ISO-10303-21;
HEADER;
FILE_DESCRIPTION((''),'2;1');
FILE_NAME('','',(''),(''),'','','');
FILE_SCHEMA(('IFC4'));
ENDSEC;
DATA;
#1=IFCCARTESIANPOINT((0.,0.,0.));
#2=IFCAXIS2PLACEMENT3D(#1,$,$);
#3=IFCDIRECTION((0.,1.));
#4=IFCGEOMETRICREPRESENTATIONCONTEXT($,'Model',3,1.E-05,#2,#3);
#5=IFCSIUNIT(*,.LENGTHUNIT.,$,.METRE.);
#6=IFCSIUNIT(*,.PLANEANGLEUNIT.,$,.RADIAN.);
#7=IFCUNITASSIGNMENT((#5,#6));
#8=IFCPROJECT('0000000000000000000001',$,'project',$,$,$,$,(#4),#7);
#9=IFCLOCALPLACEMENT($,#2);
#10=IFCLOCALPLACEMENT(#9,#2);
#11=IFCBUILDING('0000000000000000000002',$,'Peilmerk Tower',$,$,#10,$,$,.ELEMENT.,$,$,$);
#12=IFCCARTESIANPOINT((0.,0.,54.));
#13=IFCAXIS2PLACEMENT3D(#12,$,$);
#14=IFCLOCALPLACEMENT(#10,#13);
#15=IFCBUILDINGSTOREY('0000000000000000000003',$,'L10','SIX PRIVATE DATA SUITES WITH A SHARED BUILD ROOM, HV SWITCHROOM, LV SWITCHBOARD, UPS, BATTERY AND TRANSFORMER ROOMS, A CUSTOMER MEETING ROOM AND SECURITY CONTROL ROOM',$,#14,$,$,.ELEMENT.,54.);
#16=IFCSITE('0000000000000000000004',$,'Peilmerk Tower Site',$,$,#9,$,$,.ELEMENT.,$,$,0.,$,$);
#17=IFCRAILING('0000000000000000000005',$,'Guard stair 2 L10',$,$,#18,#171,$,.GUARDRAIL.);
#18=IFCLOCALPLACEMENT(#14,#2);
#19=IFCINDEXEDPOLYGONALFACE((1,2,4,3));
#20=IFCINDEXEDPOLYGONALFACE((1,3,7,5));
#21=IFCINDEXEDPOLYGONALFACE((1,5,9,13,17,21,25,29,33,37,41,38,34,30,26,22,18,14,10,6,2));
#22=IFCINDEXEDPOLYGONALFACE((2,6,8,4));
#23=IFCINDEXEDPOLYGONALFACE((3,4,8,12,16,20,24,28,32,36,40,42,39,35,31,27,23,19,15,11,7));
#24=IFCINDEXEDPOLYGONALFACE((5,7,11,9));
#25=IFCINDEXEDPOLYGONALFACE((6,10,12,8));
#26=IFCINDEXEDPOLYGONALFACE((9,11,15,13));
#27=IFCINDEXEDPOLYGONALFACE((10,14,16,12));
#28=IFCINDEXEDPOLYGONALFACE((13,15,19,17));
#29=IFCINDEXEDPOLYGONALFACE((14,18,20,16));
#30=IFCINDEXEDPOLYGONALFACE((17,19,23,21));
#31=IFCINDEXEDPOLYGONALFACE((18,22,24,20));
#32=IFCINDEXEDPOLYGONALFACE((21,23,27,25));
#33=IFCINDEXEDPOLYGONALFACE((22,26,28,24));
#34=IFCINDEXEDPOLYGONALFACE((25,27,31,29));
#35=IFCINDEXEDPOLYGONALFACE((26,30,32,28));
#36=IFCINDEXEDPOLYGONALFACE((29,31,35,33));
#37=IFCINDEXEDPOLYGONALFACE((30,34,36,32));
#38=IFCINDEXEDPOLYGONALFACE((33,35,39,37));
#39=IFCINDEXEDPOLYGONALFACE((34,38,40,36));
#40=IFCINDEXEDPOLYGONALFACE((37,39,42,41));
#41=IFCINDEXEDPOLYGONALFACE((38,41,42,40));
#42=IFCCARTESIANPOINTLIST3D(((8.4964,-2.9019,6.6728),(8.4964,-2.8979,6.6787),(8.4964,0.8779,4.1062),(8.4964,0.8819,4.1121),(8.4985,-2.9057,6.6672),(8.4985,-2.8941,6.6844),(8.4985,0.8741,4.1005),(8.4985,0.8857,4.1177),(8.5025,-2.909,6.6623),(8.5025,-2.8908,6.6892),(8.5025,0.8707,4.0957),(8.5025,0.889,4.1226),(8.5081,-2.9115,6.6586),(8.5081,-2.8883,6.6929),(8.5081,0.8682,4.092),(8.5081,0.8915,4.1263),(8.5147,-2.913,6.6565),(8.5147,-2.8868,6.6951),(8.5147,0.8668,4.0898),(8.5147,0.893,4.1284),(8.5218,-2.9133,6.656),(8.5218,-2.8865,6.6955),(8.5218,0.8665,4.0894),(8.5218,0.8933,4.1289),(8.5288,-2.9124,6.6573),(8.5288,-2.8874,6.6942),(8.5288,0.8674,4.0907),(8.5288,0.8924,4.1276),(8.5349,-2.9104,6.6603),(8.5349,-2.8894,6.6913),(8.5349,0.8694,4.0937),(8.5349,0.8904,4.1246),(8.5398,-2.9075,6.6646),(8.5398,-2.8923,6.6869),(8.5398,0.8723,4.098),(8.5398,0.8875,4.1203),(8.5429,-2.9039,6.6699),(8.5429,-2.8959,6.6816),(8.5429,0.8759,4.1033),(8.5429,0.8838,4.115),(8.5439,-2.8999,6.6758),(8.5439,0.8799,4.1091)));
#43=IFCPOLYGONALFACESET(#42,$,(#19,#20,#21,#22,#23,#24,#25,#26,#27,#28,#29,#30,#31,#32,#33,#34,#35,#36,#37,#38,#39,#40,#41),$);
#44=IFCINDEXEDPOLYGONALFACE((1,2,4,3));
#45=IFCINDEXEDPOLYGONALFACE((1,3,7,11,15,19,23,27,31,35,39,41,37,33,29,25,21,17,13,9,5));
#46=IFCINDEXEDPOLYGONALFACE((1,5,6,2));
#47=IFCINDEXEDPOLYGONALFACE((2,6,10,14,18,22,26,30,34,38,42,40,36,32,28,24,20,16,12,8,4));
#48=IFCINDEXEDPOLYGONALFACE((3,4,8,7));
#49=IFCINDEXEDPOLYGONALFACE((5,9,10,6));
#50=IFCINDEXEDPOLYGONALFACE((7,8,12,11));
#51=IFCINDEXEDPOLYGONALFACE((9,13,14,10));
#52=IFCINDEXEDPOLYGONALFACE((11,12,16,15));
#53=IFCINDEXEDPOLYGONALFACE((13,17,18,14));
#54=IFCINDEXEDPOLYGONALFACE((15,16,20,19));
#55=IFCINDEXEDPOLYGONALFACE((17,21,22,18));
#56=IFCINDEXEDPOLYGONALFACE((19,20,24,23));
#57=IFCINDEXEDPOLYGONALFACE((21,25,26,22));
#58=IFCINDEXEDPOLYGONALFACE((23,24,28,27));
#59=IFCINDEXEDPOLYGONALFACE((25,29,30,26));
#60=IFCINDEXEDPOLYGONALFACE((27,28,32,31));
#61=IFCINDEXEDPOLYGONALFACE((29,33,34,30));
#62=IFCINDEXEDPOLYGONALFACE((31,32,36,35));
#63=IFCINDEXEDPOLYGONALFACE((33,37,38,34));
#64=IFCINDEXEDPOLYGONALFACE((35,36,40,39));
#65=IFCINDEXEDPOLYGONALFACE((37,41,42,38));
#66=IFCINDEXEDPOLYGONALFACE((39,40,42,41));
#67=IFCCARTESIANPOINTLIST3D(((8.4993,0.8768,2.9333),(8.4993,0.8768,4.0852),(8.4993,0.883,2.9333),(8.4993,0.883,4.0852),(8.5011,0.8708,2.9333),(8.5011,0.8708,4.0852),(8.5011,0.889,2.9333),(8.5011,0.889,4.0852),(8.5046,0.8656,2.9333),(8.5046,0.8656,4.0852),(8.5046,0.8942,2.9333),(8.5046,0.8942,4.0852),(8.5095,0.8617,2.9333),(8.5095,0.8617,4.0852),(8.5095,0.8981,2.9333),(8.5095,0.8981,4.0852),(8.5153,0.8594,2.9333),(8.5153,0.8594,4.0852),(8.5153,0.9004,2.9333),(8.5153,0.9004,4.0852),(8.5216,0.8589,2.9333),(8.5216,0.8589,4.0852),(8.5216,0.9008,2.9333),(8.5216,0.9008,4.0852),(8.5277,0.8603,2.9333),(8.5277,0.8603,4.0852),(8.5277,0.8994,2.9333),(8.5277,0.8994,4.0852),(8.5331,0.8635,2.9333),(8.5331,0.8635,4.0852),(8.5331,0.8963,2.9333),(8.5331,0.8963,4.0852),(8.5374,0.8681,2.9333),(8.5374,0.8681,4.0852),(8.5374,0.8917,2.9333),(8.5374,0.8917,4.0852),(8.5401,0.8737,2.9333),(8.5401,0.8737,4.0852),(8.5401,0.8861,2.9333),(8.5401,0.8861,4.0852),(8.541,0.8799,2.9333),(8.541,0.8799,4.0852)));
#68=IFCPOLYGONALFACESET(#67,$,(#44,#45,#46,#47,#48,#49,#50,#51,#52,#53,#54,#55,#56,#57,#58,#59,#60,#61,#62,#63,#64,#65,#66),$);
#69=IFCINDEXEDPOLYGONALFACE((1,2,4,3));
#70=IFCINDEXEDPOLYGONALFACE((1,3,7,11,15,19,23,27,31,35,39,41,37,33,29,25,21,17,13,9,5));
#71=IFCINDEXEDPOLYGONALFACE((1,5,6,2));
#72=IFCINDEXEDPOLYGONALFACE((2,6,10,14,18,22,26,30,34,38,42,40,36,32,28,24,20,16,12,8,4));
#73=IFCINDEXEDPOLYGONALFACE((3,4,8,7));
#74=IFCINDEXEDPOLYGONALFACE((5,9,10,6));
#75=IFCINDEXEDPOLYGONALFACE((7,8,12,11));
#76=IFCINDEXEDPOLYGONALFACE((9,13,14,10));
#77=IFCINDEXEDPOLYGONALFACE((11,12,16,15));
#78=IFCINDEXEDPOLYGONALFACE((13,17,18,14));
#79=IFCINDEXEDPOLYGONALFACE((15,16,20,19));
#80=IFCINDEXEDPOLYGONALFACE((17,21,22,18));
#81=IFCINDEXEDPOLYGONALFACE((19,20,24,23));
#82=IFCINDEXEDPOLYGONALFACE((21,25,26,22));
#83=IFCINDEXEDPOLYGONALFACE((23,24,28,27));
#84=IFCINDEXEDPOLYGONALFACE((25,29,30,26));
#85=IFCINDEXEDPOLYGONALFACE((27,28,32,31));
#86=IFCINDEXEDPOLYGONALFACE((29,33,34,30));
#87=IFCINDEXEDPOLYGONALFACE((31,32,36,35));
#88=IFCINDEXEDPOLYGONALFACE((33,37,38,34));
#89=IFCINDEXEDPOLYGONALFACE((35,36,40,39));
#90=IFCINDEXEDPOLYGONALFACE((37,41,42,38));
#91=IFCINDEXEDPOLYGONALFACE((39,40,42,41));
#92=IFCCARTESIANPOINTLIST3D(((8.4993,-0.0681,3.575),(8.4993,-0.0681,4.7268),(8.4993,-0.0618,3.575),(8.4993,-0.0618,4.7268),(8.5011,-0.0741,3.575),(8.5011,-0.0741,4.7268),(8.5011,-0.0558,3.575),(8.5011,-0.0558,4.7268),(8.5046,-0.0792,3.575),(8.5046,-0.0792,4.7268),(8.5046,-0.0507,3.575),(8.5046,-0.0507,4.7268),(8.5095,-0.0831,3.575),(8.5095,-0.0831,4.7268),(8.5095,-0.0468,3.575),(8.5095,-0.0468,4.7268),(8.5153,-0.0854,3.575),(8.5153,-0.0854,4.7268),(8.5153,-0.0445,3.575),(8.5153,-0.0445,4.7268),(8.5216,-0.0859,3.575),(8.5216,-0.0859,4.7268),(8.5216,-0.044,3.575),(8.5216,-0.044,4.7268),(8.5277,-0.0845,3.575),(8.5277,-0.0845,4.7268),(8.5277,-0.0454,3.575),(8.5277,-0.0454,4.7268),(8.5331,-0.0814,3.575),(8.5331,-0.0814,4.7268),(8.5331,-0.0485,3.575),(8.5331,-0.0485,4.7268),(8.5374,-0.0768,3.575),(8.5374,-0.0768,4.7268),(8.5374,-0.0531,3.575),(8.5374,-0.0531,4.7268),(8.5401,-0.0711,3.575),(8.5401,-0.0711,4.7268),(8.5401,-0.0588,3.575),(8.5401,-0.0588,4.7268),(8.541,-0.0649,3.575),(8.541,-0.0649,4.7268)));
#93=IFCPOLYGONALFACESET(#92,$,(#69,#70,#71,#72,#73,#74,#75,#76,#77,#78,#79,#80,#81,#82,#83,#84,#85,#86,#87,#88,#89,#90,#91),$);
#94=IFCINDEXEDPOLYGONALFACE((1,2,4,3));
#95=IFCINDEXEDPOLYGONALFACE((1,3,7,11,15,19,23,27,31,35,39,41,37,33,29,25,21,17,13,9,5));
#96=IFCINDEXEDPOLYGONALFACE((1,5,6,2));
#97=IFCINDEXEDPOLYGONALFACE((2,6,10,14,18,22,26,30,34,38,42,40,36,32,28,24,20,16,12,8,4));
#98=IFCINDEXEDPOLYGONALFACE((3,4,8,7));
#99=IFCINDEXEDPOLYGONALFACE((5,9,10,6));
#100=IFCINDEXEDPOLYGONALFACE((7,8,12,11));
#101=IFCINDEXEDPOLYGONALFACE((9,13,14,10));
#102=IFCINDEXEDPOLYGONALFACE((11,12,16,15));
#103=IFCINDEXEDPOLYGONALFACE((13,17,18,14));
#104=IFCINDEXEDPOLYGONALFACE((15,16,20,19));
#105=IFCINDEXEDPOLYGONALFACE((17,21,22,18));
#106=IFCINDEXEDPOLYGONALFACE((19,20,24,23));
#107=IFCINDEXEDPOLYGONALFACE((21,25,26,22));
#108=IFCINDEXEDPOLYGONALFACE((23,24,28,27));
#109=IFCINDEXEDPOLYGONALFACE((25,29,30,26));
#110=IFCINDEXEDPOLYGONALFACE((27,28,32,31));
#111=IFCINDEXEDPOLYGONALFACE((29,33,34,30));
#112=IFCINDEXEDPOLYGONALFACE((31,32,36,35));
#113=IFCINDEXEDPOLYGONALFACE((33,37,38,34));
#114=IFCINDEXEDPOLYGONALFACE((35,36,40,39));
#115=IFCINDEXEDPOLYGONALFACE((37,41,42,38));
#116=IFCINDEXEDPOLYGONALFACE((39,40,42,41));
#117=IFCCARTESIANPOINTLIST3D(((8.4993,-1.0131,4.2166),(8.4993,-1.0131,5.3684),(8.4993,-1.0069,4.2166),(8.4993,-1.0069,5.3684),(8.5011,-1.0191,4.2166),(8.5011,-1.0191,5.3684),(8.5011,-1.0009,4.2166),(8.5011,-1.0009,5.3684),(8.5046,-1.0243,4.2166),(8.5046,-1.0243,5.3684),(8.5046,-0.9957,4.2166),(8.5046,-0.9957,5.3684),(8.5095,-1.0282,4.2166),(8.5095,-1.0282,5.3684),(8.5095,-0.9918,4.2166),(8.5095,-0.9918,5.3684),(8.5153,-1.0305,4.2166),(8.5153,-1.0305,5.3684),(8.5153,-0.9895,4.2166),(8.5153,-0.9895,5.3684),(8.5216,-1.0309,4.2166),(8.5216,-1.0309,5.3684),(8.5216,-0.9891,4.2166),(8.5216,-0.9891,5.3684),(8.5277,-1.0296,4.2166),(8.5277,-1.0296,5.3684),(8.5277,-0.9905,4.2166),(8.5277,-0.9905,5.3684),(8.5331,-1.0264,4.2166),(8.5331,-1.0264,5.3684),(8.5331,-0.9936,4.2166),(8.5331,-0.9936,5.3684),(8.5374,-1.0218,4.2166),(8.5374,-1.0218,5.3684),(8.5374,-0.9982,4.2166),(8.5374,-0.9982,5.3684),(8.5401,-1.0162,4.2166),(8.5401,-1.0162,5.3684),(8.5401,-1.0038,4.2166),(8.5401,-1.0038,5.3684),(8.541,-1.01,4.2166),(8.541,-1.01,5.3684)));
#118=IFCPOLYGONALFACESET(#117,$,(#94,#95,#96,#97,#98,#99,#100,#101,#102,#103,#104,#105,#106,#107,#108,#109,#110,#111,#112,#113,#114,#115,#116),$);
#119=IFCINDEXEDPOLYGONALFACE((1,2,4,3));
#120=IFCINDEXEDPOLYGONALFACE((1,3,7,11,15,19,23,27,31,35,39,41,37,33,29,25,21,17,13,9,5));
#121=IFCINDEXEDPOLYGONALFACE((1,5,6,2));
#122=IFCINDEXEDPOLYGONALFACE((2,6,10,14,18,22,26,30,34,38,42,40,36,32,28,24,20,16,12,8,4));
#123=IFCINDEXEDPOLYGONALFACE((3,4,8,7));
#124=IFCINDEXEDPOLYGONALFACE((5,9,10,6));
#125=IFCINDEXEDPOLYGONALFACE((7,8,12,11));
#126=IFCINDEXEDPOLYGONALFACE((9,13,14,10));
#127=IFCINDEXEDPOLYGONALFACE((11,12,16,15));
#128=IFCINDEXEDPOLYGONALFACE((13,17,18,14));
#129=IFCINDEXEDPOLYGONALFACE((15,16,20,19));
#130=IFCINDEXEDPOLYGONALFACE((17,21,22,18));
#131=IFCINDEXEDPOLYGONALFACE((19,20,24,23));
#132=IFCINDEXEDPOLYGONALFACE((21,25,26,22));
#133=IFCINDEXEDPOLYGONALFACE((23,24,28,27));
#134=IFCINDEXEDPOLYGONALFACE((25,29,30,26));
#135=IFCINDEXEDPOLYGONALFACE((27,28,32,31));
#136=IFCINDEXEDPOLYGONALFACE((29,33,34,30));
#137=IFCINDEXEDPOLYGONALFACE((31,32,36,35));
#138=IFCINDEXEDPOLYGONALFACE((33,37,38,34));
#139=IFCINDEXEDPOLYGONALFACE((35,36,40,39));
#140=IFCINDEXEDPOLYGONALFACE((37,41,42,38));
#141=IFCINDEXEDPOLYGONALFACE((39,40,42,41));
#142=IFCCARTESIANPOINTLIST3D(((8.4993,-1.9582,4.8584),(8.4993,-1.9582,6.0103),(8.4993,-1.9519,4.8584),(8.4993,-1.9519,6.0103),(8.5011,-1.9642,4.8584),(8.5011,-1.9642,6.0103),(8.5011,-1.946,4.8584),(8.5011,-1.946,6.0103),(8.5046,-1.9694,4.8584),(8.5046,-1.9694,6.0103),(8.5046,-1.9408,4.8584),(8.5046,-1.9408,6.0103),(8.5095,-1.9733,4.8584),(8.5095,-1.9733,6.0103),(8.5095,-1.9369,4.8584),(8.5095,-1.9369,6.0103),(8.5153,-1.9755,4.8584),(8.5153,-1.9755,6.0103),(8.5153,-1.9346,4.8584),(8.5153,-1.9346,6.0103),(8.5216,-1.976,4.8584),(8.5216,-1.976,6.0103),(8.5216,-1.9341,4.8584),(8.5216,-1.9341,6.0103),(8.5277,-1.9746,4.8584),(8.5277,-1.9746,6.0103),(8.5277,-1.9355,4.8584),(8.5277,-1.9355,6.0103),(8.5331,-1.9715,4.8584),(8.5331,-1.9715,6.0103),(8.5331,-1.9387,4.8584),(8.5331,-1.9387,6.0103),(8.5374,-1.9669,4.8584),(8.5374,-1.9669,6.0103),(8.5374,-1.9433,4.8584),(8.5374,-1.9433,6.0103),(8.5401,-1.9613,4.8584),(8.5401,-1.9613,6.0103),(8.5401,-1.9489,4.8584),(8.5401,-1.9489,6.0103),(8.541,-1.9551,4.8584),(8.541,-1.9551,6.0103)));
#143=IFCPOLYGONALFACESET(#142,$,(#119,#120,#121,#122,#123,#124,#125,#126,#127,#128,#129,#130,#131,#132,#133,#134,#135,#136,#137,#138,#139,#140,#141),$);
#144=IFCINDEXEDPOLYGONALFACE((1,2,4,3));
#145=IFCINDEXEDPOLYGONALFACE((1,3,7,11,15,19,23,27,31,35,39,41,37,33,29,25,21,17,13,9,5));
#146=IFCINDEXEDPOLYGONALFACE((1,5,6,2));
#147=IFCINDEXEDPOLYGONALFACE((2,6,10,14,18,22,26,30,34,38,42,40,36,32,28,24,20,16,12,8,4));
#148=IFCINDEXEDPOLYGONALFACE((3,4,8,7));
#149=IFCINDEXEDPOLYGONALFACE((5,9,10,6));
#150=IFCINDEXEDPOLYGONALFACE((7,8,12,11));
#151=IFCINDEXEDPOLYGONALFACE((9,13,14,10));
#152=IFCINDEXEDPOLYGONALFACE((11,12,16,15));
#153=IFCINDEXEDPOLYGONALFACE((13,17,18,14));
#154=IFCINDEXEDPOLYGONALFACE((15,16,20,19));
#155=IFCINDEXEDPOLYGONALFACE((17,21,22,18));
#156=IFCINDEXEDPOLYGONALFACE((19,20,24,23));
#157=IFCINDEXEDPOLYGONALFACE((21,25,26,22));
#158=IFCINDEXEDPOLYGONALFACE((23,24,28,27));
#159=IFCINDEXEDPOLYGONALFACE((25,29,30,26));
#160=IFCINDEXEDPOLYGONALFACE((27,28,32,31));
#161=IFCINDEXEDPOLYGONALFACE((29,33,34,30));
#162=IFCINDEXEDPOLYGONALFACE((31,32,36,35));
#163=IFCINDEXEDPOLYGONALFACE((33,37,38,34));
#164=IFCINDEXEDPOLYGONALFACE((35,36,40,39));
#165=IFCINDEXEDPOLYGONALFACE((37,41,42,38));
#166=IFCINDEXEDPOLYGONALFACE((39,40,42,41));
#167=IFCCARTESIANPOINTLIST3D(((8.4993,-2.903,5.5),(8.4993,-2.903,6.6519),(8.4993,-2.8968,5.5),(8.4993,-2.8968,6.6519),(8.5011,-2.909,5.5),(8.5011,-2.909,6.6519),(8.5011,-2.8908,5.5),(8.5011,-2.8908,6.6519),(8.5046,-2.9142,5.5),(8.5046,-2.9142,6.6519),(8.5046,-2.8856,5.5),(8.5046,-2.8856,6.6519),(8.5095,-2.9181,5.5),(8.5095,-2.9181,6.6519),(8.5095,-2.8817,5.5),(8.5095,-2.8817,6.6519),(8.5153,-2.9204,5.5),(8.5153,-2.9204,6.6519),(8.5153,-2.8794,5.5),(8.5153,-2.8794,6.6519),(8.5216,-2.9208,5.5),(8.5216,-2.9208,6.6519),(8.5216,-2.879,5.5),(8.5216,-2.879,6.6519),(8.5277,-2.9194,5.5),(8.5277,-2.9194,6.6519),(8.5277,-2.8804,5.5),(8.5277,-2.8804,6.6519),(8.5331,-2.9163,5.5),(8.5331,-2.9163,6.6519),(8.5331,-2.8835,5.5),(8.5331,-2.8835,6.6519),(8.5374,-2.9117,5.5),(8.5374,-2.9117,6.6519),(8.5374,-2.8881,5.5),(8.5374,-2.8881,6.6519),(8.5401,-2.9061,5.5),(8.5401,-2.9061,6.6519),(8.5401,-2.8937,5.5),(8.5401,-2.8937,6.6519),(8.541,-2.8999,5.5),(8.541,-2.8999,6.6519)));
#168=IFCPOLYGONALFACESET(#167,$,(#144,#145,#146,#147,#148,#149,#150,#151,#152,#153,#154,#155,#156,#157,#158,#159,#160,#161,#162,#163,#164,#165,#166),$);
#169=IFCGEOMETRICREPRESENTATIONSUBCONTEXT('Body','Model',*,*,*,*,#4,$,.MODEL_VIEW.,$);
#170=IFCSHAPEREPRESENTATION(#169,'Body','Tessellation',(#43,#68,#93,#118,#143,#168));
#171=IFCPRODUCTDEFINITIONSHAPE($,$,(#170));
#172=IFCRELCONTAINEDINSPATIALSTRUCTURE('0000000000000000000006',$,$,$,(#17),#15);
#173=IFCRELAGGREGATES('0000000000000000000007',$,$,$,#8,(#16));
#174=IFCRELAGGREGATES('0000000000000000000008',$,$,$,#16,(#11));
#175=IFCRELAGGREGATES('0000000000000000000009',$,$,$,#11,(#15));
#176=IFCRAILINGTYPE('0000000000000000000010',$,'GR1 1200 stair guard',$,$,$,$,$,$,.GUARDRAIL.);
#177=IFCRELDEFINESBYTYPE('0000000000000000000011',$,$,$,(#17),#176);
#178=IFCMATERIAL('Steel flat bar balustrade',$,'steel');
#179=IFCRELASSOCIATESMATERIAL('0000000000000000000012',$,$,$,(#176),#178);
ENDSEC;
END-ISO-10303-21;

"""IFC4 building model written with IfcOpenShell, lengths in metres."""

from ifc_helpers import new_model, si_unit, direction, frame, origin, origin_2d, place, context, subcontext, project, spatial, circle, extrude, material, type_object, element, save


model = new_model("IFC4")

# Units and contexts
model_context = context("Model", 3, precision=1e-05, world=origin(), true_north=direction((0.0, 1.0)))
body_context = subcontext(model_context, "Body", "Model", "MODEL_VIEW")
ifc_project = project(units=[si_unit("LENGTHUNIT", "METRE"), si_unit("PLANEANGLEUNIT", "RADIAN")], contexts=[model_context])

# Site, building, storey
site_placement = place(None, origin())
site = spatial("IfcSite", under=ifc_project, at=site_placement, Name="Peilmerk Tower Site", CompositionType="ELEMENT", RefElevation=0.0)
building_placement = place(site_placement, origin())
building = spatial("IfcBuilding", under=site, at=building_placement, Name="Peilmerk Tower", CompositionType="ELEMENT")
storey_placement = place(building_placement, frame((0.0, 0.0, 54.0)))
storey = spatial("IfcBuildingStorey", under=building, at=storey_placement, Name="L10", Description="SIX PRIVATE DATA SUITES WITH A SHARED BUILD ROOM, HV SWITCHROOM, LV SWITCHBOARD, UPS, BATTERY AND TRANSFORMER ROOMS, A CUSTOMER MEETING ROOM AND SECURITY CONTROL ROOM", CompositionType="ELEMENT", Elevation=54.0)

# Railing
ifc_material_1 = material(Name="Steel flat bar balustrade", Category="steel")
railing_type_1 = type_object("IfcRailingType", Name="GR1 1200 stair guard", PredefinedType="GUARDRAIL", material=ifc_material_1)
railing_1_placement = place(storey_placement, frame((8.52, 0.8799, 2.9333)))
element("IfcRailing", 1, at=railing_1_placement, inside=storey, type_object=railing_type_1, Name="Guard stair 2 L10", PredefinedType="GUARDRAIL", context=body_context, shape_type="SweptSolid", body=[
    extrude(circle(Radius=0.0239, at=origin_2d()), frame((0.0, 0.0, 1.1758), z_axis=(0.0, -0.827293, 0.561771), x_axis=(1.0, 0.0, 0.0)), (0.0, 0.0, 1.0), 4.5688),
    extrude(circle(Radius=0.021, at=origin_2d()), origin(), (0.0, 0.0, 1.0), 1.1519),
    extrude(circle(Radius=0.021, at=origin_2d()), frame((0.0, -0.9448, 0.6416)), (0.0, 0.0, 1.0), 1.1519),
    extrude(circle(Radius=0.021, at=origin_2d()), frame((0.0, -1.8899, 1.2832)), (0.0, 0.0, 1.0), 1.1519),
    extrude(circle(Radius=0.021, at=origin_2d()), frame((0.0, -2.835, 1.925)), (0.0, 0.0, 1.0), 1.1519),
    extrude(circle(Radius=0.021, at=origin_2d()), frame((0.0, -3.7798, 2.5667)), (0.0, 0.0, 1.0), 1.1519),
])

save(model, "model.ifc")
